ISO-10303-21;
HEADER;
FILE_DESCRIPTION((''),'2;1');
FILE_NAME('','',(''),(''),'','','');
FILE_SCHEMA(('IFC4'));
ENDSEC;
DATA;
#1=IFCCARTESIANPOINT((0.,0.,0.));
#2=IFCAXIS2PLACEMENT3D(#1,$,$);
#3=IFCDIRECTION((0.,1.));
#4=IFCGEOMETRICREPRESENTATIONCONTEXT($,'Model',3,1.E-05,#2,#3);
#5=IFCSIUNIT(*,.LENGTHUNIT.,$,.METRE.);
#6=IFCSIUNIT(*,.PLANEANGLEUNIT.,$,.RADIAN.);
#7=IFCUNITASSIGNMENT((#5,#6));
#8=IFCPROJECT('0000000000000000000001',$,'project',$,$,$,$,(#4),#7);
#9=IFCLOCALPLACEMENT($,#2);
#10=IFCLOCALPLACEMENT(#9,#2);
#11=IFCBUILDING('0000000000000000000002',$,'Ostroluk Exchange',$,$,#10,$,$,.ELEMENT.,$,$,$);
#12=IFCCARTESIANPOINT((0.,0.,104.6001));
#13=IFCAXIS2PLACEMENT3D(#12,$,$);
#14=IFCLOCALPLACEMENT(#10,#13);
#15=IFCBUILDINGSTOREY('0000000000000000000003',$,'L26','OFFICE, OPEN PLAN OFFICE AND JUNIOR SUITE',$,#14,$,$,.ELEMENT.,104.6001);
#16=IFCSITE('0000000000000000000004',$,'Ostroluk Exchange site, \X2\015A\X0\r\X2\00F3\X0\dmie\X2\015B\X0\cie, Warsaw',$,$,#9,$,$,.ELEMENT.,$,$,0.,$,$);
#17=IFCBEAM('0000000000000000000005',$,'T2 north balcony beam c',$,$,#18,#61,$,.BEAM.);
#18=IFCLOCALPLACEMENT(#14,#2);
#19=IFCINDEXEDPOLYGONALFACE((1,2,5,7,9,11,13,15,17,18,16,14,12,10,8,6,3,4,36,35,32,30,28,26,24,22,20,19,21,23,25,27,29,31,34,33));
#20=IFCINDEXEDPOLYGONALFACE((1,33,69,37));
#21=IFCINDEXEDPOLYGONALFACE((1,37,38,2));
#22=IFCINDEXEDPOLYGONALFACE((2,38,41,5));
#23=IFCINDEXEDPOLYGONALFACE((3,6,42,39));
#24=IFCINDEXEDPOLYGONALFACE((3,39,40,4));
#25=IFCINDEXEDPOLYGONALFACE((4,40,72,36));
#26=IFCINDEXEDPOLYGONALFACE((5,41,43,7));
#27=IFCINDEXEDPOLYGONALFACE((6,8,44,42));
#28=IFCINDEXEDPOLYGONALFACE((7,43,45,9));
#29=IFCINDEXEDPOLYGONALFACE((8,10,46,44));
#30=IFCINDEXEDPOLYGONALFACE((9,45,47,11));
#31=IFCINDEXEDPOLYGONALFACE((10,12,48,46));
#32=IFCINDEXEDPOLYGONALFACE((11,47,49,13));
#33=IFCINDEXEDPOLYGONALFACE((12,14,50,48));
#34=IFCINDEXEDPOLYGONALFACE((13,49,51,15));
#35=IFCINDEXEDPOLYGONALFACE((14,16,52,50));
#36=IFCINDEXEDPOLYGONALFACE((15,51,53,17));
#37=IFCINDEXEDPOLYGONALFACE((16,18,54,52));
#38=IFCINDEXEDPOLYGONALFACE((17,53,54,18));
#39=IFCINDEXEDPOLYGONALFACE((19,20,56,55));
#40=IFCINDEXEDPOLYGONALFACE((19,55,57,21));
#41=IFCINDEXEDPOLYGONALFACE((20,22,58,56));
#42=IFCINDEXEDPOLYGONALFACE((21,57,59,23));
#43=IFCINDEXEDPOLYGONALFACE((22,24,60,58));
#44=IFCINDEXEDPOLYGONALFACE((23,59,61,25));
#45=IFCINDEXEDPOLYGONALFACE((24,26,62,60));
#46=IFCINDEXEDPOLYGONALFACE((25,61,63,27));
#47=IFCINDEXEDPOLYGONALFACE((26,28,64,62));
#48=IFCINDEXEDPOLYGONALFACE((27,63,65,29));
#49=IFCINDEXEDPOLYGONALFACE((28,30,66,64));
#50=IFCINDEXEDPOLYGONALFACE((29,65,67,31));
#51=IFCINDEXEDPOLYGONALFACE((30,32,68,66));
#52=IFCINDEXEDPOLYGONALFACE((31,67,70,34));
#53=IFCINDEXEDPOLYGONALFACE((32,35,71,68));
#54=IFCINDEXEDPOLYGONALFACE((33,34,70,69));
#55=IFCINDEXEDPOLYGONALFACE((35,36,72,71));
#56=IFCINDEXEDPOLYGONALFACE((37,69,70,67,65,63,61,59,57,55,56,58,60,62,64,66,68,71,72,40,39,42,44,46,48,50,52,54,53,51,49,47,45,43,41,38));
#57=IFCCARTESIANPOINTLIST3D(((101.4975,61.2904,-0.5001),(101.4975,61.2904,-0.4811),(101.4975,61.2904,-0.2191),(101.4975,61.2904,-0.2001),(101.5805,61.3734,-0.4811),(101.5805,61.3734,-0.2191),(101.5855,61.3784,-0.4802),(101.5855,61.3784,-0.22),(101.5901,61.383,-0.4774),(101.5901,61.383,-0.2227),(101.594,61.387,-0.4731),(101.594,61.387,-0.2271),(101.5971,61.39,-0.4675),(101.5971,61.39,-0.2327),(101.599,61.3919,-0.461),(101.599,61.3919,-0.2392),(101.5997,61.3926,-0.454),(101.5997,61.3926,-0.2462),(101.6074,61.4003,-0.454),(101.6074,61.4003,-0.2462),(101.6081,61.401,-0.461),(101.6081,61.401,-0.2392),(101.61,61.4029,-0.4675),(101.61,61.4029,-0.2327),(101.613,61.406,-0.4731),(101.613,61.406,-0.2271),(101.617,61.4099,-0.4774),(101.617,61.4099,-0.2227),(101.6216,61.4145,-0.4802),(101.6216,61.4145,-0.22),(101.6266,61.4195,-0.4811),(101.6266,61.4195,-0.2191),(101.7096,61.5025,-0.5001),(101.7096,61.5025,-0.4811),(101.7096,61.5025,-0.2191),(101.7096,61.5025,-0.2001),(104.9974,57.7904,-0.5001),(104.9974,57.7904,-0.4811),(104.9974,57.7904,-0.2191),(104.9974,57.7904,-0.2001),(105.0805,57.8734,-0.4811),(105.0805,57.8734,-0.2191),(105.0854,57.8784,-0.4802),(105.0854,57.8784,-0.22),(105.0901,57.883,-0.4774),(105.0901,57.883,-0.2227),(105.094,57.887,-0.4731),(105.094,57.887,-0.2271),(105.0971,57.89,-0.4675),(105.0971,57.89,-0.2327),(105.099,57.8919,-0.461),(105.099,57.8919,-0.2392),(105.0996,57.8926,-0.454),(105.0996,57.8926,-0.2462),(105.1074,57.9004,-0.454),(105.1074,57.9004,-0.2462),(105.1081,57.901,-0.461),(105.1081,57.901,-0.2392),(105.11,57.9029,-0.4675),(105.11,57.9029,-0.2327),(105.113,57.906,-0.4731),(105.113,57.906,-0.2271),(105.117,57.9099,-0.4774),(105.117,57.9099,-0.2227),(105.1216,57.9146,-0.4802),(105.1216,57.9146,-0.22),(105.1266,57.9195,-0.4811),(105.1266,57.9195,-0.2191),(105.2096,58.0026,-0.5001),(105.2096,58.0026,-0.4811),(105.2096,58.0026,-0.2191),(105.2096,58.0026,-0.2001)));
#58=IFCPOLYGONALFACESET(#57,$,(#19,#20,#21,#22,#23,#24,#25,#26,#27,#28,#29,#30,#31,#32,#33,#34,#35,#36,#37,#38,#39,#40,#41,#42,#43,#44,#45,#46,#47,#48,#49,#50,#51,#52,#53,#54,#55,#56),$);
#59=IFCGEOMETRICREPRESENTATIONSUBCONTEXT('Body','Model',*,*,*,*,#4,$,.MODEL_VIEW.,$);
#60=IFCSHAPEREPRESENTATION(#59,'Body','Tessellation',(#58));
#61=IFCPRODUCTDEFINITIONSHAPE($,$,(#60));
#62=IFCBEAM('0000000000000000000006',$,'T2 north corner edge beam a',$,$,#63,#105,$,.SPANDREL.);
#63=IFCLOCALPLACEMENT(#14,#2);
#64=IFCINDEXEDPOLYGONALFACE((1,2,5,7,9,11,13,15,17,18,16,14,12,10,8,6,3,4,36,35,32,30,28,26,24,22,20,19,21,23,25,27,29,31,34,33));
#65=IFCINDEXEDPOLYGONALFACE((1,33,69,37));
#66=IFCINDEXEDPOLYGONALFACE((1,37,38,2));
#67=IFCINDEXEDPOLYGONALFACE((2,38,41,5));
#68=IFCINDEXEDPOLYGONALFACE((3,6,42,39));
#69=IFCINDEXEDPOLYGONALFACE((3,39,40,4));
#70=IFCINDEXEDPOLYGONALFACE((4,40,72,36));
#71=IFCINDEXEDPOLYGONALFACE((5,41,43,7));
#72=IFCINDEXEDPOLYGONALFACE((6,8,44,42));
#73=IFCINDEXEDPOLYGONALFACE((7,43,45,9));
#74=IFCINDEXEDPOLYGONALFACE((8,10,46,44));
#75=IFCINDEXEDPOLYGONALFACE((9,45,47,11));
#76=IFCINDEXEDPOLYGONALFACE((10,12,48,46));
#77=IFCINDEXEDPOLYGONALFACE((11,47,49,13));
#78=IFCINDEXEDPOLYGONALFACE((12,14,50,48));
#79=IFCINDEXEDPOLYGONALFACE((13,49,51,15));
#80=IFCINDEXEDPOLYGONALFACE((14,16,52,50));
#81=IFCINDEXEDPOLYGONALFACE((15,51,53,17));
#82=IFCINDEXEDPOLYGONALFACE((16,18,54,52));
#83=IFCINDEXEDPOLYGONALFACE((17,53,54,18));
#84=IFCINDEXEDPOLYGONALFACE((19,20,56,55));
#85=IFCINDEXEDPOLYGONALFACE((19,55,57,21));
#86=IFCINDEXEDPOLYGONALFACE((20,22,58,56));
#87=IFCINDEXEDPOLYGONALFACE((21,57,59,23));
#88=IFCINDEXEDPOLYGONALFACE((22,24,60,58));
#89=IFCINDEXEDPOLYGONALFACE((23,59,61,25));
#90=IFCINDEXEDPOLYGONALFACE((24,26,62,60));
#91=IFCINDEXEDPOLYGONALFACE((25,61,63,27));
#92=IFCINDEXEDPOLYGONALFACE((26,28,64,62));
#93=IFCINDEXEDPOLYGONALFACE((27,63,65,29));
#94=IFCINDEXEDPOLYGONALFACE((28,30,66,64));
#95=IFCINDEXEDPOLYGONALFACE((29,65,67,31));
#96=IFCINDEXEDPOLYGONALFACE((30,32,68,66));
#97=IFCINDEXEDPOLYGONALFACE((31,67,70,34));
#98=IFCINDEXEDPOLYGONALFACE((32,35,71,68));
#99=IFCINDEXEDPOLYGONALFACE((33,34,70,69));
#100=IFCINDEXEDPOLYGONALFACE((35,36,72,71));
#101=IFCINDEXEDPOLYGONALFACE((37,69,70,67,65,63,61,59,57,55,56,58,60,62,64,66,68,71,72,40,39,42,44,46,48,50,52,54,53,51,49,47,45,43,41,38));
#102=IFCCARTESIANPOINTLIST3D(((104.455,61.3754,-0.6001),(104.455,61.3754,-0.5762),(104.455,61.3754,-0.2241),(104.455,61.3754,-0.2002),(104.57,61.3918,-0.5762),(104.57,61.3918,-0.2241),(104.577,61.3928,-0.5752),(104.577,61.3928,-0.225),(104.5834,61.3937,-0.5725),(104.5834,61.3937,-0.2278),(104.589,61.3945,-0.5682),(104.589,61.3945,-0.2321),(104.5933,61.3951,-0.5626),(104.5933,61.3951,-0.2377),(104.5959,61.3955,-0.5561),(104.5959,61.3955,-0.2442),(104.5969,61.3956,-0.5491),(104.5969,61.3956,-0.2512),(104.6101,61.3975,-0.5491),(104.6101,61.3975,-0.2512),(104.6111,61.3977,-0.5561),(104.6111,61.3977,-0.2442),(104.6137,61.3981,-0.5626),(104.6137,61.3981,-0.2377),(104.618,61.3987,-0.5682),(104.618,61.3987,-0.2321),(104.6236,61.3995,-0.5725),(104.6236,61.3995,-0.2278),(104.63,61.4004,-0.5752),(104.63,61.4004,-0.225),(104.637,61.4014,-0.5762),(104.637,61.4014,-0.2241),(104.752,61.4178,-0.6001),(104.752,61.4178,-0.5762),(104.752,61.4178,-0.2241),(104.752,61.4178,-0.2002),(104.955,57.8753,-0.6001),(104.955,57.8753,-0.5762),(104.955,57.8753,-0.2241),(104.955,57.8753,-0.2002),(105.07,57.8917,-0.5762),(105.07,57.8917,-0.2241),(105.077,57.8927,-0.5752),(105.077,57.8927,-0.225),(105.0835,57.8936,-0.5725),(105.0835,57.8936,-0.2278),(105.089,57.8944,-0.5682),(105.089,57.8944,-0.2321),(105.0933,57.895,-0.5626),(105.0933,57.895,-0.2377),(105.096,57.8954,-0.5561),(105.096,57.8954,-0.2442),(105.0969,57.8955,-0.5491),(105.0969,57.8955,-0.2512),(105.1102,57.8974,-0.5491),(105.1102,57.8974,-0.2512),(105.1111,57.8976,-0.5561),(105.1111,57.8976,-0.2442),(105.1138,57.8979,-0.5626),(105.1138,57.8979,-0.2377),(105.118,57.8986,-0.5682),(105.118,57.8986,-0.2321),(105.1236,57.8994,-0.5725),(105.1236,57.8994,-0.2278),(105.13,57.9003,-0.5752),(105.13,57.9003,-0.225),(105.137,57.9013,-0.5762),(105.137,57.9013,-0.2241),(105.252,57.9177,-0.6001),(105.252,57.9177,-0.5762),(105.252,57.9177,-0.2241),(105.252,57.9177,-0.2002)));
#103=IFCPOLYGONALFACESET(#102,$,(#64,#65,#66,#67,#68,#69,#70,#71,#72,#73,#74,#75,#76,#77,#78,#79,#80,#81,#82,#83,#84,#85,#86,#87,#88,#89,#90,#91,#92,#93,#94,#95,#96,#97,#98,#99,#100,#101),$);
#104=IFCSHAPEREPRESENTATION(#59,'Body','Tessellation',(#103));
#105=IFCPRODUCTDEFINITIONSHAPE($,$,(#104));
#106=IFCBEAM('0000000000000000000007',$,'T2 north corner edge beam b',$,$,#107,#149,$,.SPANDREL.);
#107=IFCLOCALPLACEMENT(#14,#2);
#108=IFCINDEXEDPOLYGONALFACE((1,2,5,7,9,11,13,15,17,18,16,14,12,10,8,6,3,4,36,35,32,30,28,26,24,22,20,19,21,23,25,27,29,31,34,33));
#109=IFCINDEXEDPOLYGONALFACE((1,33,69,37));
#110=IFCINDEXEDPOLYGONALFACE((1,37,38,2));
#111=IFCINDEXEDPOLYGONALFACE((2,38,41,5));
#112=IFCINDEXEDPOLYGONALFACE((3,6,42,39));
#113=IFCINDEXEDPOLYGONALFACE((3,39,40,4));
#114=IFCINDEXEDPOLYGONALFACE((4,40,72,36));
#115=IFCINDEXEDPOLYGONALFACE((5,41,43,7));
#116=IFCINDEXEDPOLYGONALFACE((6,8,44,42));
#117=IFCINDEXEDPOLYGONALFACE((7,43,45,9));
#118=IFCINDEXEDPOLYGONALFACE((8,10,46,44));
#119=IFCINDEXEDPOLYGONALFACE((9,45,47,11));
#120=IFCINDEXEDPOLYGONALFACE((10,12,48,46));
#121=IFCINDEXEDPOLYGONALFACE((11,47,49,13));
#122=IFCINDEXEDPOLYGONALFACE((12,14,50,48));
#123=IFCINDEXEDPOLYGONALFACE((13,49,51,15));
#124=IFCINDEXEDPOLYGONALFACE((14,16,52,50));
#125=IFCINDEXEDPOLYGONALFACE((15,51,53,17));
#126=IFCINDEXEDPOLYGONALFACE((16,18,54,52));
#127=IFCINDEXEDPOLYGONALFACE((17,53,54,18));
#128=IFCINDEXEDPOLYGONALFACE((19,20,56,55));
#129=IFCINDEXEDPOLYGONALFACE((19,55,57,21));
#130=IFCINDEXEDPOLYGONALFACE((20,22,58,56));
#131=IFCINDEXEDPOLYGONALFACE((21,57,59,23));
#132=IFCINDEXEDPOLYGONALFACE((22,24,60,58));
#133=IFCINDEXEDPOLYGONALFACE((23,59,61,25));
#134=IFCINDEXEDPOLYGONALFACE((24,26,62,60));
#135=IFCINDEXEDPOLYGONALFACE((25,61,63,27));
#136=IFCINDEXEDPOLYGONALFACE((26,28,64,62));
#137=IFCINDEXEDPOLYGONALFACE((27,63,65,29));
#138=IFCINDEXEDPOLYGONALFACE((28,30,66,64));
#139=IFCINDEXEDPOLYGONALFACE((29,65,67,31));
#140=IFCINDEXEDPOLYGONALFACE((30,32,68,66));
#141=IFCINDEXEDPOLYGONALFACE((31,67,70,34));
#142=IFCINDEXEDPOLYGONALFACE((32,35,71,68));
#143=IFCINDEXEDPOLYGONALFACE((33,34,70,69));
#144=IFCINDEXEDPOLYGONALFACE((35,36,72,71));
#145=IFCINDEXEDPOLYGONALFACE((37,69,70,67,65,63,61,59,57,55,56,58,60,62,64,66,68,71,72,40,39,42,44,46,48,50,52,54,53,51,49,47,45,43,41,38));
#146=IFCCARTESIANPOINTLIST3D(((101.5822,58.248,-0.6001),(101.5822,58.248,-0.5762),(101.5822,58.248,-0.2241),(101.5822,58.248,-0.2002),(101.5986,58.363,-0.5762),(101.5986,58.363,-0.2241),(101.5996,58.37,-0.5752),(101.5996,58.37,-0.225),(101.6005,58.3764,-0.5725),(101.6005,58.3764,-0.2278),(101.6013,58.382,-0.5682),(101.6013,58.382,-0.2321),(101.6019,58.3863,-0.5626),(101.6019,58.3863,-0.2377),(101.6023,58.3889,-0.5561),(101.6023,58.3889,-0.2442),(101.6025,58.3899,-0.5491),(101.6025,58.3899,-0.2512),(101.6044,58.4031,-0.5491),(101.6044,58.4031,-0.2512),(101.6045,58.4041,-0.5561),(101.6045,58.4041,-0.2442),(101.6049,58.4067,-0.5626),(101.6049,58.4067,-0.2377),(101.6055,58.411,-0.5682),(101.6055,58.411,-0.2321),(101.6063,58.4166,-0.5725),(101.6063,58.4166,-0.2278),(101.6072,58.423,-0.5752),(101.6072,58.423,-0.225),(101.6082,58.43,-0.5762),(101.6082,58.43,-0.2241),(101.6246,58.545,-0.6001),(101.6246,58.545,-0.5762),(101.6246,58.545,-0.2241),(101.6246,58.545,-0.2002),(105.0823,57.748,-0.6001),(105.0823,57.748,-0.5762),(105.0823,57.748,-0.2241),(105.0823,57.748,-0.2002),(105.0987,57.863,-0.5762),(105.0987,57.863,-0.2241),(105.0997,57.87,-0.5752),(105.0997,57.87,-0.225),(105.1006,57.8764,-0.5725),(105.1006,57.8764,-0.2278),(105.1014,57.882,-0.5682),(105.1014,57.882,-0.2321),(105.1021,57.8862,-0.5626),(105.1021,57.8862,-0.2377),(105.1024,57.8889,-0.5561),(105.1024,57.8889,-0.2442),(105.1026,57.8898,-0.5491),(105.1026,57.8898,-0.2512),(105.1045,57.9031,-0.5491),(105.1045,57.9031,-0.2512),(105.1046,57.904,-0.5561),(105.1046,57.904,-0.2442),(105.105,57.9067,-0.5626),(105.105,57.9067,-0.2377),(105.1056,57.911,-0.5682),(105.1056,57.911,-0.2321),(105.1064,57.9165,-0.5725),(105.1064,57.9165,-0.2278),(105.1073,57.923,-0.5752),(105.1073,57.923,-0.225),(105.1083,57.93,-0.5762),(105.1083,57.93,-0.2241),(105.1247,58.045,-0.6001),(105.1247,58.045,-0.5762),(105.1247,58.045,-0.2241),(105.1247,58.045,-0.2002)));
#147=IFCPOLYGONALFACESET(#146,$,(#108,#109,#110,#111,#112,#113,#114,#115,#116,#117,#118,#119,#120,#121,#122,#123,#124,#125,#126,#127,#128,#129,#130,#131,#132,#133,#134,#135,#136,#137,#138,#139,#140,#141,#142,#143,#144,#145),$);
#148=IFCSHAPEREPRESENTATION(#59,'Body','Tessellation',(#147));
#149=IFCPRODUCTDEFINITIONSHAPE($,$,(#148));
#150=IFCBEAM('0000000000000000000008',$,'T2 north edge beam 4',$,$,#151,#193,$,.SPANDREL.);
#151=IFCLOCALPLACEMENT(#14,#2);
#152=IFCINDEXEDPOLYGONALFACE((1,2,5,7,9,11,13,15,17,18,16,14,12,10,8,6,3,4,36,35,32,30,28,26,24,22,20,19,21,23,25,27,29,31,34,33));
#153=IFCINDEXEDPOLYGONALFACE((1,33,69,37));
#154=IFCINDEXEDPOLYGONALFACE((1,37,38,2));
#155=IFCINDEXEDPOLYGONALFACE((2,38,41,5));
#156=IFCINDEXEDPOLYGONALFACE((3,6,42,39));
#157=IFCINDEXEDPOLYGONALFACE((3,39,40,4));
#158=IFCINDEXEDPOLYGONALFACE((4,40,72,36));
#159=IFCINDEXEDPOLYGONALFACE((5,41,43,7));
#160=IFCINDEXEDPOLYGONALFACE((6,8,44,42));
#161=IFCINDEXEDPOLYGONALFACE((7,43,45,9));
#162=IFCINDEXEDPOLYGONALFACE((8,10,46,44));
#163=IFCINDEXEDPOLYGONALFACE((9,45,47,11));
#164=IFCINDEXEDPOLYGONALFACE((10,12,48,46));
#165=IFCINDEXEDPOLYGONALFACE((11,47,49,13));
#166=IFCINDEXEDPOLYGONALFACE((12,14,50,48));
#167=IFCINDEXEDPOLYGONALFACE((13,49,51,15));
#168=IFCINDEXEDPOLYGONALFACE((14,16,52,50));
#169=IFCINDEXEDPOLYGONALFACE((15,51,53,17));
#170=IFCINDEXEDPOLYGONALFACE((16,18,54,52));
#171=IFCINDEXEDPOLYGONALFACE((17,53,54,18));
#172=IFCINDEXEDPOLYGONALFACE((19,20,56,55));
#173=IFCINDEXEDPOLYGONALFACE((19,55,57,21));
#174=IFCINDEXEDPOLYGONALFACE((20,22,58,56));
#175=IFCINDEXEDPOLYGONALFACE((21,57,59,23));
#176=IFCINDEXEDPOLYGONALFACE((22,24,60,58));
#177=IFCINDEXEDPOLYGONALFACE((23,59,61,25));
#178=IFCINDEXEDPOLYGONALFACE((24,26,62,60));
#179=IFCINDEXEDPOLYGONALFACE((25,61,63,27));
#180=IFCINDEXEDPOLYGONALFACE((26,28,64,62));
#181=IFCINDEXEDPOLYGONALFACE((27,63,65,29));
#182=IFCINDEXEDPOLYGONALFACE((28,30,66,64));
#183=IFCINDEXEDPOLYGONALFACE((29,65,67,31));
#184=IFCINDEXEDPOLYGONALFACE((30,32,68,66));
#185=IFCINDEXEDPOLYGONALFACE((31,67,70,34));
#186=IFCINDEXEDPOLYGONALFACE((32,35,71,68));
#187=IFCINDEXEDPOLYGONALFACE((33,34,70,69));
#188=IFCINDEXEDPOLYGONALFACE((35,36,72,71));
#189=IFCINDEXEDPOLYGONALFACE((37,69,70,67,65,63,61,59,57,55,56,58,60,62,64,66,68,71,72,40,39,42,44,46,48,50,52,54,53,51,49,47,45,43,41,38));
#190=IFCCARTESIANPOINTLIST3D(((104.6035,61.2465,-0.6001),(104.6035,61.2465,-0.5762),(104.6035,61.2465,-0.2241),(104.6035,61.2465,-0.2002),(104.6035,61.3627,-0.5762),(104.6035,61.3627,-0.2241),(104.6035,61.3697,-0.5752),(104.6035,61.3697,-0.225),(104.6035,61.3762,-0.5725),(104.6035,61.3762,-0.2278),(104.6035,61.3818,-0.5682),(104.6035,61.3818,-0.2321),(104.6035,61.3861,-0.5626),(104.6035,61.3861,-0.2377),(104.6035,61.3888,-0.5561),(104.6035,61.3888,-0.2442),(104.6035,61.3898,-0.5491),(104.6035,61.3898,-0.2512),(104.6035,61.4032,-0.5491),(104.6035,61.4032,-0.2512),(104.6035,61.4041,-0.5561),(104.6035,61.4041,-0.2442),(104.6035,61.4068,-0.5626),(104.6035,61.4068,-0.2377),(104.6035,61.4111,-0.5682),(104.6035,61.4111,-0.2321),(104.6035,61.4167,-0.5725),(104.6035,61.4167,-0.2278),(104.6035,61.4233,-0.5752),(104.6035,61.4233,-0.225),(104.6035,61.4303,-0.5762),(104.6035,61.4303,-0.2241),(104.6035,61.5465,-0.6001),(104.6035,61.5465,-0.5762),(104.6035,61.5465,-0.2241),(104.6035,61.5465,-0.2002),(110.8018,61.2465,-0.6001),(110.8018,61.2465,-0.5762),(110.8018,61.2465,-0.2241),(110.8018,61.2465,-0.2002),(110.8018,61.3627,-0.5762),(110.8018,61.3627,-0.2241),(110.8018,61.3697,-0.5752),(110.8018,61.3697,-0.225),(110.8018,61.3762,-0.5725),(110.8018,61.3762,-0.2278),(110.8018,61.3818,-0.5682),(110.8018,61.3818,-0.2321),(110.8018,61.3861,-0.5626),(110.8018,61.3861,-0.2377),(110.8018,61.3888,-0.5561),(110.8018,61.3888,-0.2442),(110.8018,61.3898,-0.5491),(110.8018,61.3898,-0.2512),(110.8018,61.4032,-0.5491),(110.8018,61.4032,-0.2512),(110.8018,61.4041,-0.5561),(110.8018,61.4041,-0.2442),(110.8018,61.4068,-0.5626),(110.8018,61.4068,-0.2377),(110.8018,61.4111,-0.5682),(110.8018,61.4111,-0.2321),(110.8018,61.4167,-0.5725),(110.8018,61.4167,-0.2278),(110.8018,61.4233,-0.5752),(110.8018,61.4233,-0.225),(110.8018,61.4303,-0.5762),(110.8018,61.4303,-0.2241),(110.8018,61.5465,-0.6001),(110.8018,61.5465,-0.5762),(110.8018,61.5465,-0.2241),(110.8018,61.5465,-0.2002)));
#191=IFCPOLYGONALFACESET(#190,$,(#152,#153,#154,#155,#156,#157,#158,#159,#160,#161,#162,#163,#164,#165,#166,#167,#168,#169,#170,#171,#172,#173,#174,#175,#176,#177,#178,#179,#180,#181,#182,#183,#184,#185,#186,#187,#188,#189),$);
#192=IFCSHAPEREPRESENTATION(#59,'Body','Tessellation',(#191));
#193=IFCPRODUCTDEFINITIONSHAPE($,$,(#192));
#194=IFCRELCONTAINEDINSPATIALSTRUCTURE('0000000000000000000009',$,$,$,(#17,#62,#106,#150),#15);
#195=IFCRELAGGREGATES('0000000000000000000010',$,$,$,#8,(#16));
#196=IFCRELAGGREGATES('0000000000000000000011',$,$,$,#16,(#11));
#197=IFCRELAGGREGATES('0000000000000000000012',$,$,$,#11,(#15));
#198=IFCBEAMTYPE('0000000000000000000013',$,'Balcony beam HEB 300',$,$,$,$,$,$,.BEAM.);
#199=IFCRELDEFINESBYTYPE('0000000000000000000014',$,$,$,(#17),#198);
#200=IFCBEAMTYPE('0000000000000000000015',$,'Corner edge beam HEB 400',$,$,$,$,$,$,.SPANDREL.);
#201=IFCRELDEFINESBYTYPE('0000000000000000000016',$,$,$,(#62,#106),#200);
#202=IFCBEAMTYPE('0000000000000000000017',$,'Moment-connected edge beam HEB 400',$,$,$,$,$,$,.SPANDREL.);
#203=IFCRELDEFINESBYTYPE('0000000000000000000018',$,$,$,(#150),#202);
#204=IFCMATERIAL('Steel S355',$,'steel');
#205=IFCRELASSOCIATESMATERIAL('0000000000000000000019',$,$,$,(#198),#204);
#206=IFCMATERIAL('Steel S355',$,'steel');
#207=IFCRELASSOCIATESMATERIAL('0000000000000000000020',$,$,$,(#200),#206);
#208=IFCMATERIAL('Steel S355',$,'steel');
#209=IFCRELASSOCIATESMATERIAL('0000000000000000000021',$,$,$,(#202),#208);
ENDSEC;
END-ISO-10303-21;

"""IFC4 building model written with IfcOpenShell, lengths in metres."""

from ifc_helpers import new_model, si_unit, direction, frame, origin, origin_2d, place, context, subcontext, project, spatial, i_section, extrude, material, material_profile, profile_set, type_object, element, save


model = new_model("IFC4")

# Units and contexts
model_context = context("Model", 3, precision=1e-05, world=origin(), true_north=direction((0.0, 1.0)))
body_context = subcontext(model_context, "Body", "Model", "MODEL_VIEW")
ifc_project = project(units=[si_unit("LENGTHUNIT", "METRE"), si_unit("PLANEANGLEUNIT", "RADIAN")], contexts=[model_context])

# Site, building, storey
site_placement = place(None, origin())
site = spatial("IfcSite", under=ifc_project, at=site_placement, Name="Ostroluk Exchange site, Śródmieście, Warsaw", CompositionType="ELEMENT", RefElevation=0.0)
building_placement = place(site_placement, origin())
building = spatial("IfcBuilding", under=site, at=building_placement, Name="Ostroluk Exchange", CompositionType="ELEMENT")
storey_placement = place(building_placement, frame((0.0, 0.0, 104.6001)))
storey = spatial("IfcBuildingStorey", under=building, at=storey_placement, Name="L26", Description="OFFICE, OPEN PLAN OFFICE AND JUNIOR SUITE", CompositionType="ELEMENT", Elevation=104.6001)

# Beams
ifc_material_1 = material(Name="Steel S355", Category="steel")
ifc_material_profile_1 = material_profile(ifc_material_1, i_section(OverallWidth=0.3, OverallDepth=0.3, WebThickness=0.011, FlangeThickness=0.019, FilletRadius=0.0271, at=origin_2d()), Name="HEB 300")
ifc_profile_set_1 = profile_set([ifc_material_profile_1], Name="Steel S355")
beam_type_1 = type_object("IfcBeamType", Name="Balcony beam HEB 300", PredefinedType="BEAM", material=ifc_profile_set_1)
beam_1_placement = place(storey_placement, frame((105.1035, 57.8965, -0.3501), z_axis=(-0.707107, 0.707107, 0.0), x_axis=(-0.707107, -0.707107, 0.0)))
element("IfcBeam", 1, at=beam_1_placement, inside=storey, type_object=beam_type_1, Name="T2 north balcony beam c", PredefinedType="BEAM", context=body_context, shape_type="SweptSolid", body=[
    extrude(i_section(OverallWidth=0.3, OverallDepth=0.3, WebThickness=0.011, FlangeThickness=0.019, FilletRadius=0.0271, at=origin_2d()), origin(), (0.0, 0.0, 1.0), 4.9497),
])
ifc_material_2 = material(Name="Steel S355", Category="steel")
ifc_material_profile_2 = material_profile(ifc_material_2, i_section(OverallWidth=0.3, OverallDepth=0.3999, WebThickness=0.0134, FlangeThickness=0.0239, FilletRadius=0.0271, at=origin_2d()), Name="HEB 400")
ifc_profile_set_2 = profile_set([ifc_material_profile_2], Name="Steel S355")
beam_type_2 = type_object("IfcBeamType", Name="Corner edge beam HEB 400", PredefinedType="SPANDREL", material=ifc_profile_set_2)
for number, where, z_axis, x_axis, name in (
    (2, (105.1035, 57.8965, -0.4001), (-0.141421, 0.989949, 0.0), (-0.989949, -0.141421, 0.0), "T2 north corner edge beam a"),
    (3, (105.1035, 57.8965, -0.4001), (-0.989949, 0.141421, 0.0), (-0.141421, -0.989949, 0.0), "T2 north corner edge beam b"),
):
    element("IfcBeam", number, at=place(storey_placement, frame(where, z_axis=z_axis, x_axis=x_axis)), inside=storey, type_object=beam_type_2, Name=name, PredefinedType="SPANDREL", context=body_context, shape_type="SweptSolid", body=[
        extrude(i_section(OverallWidth=0.3, OverallDepth=0.3999, WebThickness=0.0134, FlangeThickness=0.0239, FilletRadius=0.0271, at=origin_2d()), origin(), (0.0, 0.0, 1.0), 3.5356),
    ])
ifc_material_3 = material(Name="Steel S355", Category="steel")
ifc_material_profile_3 = material_profile(ifc_material_3, i_section(OverallWidth=0.3, OverallDepth=0.3999, WebThickness=0.0134, FlangeThickness=0.0239, FilletRadius=0.0271, at=origin_2d()), Name="HEB 400")
ifc_profile_set_3 = profile_set([ifc_material_profile_3], Name="Steel S355")
beam_type_3 = type_object("IfcBeamType", Name="Moment-connected edge beam HEB 400", PredefinedType="SPANDREL", material=ifc_profile_set_3)
beam_2_placement = place(storey_placement, frame((110.8018, 61.3965, -0.4001), z_axis=(-1.0, 0.0, 0.0), x_axis=(0.0, -1.0, 0.0)))
element("IfcBeam", 4, at=beam_2_placement, inside=storey, type_object=beam_type_3, Name="T2 north edge beam 4", PredefinedType="SPANDREL", context=body_context, shape_type="SweptSolid", body=[
    extrude(i_section(OverallWidth=0.3, OverallDepth=0.3999, WebThickness=0.0134, FlangeThickness=0.0239, FilletRadius=0.0271, at=origin_2d()), origin(), (0.0, 0.0, 1.0), 6.1982),
])

save(model, "model.ifc")
